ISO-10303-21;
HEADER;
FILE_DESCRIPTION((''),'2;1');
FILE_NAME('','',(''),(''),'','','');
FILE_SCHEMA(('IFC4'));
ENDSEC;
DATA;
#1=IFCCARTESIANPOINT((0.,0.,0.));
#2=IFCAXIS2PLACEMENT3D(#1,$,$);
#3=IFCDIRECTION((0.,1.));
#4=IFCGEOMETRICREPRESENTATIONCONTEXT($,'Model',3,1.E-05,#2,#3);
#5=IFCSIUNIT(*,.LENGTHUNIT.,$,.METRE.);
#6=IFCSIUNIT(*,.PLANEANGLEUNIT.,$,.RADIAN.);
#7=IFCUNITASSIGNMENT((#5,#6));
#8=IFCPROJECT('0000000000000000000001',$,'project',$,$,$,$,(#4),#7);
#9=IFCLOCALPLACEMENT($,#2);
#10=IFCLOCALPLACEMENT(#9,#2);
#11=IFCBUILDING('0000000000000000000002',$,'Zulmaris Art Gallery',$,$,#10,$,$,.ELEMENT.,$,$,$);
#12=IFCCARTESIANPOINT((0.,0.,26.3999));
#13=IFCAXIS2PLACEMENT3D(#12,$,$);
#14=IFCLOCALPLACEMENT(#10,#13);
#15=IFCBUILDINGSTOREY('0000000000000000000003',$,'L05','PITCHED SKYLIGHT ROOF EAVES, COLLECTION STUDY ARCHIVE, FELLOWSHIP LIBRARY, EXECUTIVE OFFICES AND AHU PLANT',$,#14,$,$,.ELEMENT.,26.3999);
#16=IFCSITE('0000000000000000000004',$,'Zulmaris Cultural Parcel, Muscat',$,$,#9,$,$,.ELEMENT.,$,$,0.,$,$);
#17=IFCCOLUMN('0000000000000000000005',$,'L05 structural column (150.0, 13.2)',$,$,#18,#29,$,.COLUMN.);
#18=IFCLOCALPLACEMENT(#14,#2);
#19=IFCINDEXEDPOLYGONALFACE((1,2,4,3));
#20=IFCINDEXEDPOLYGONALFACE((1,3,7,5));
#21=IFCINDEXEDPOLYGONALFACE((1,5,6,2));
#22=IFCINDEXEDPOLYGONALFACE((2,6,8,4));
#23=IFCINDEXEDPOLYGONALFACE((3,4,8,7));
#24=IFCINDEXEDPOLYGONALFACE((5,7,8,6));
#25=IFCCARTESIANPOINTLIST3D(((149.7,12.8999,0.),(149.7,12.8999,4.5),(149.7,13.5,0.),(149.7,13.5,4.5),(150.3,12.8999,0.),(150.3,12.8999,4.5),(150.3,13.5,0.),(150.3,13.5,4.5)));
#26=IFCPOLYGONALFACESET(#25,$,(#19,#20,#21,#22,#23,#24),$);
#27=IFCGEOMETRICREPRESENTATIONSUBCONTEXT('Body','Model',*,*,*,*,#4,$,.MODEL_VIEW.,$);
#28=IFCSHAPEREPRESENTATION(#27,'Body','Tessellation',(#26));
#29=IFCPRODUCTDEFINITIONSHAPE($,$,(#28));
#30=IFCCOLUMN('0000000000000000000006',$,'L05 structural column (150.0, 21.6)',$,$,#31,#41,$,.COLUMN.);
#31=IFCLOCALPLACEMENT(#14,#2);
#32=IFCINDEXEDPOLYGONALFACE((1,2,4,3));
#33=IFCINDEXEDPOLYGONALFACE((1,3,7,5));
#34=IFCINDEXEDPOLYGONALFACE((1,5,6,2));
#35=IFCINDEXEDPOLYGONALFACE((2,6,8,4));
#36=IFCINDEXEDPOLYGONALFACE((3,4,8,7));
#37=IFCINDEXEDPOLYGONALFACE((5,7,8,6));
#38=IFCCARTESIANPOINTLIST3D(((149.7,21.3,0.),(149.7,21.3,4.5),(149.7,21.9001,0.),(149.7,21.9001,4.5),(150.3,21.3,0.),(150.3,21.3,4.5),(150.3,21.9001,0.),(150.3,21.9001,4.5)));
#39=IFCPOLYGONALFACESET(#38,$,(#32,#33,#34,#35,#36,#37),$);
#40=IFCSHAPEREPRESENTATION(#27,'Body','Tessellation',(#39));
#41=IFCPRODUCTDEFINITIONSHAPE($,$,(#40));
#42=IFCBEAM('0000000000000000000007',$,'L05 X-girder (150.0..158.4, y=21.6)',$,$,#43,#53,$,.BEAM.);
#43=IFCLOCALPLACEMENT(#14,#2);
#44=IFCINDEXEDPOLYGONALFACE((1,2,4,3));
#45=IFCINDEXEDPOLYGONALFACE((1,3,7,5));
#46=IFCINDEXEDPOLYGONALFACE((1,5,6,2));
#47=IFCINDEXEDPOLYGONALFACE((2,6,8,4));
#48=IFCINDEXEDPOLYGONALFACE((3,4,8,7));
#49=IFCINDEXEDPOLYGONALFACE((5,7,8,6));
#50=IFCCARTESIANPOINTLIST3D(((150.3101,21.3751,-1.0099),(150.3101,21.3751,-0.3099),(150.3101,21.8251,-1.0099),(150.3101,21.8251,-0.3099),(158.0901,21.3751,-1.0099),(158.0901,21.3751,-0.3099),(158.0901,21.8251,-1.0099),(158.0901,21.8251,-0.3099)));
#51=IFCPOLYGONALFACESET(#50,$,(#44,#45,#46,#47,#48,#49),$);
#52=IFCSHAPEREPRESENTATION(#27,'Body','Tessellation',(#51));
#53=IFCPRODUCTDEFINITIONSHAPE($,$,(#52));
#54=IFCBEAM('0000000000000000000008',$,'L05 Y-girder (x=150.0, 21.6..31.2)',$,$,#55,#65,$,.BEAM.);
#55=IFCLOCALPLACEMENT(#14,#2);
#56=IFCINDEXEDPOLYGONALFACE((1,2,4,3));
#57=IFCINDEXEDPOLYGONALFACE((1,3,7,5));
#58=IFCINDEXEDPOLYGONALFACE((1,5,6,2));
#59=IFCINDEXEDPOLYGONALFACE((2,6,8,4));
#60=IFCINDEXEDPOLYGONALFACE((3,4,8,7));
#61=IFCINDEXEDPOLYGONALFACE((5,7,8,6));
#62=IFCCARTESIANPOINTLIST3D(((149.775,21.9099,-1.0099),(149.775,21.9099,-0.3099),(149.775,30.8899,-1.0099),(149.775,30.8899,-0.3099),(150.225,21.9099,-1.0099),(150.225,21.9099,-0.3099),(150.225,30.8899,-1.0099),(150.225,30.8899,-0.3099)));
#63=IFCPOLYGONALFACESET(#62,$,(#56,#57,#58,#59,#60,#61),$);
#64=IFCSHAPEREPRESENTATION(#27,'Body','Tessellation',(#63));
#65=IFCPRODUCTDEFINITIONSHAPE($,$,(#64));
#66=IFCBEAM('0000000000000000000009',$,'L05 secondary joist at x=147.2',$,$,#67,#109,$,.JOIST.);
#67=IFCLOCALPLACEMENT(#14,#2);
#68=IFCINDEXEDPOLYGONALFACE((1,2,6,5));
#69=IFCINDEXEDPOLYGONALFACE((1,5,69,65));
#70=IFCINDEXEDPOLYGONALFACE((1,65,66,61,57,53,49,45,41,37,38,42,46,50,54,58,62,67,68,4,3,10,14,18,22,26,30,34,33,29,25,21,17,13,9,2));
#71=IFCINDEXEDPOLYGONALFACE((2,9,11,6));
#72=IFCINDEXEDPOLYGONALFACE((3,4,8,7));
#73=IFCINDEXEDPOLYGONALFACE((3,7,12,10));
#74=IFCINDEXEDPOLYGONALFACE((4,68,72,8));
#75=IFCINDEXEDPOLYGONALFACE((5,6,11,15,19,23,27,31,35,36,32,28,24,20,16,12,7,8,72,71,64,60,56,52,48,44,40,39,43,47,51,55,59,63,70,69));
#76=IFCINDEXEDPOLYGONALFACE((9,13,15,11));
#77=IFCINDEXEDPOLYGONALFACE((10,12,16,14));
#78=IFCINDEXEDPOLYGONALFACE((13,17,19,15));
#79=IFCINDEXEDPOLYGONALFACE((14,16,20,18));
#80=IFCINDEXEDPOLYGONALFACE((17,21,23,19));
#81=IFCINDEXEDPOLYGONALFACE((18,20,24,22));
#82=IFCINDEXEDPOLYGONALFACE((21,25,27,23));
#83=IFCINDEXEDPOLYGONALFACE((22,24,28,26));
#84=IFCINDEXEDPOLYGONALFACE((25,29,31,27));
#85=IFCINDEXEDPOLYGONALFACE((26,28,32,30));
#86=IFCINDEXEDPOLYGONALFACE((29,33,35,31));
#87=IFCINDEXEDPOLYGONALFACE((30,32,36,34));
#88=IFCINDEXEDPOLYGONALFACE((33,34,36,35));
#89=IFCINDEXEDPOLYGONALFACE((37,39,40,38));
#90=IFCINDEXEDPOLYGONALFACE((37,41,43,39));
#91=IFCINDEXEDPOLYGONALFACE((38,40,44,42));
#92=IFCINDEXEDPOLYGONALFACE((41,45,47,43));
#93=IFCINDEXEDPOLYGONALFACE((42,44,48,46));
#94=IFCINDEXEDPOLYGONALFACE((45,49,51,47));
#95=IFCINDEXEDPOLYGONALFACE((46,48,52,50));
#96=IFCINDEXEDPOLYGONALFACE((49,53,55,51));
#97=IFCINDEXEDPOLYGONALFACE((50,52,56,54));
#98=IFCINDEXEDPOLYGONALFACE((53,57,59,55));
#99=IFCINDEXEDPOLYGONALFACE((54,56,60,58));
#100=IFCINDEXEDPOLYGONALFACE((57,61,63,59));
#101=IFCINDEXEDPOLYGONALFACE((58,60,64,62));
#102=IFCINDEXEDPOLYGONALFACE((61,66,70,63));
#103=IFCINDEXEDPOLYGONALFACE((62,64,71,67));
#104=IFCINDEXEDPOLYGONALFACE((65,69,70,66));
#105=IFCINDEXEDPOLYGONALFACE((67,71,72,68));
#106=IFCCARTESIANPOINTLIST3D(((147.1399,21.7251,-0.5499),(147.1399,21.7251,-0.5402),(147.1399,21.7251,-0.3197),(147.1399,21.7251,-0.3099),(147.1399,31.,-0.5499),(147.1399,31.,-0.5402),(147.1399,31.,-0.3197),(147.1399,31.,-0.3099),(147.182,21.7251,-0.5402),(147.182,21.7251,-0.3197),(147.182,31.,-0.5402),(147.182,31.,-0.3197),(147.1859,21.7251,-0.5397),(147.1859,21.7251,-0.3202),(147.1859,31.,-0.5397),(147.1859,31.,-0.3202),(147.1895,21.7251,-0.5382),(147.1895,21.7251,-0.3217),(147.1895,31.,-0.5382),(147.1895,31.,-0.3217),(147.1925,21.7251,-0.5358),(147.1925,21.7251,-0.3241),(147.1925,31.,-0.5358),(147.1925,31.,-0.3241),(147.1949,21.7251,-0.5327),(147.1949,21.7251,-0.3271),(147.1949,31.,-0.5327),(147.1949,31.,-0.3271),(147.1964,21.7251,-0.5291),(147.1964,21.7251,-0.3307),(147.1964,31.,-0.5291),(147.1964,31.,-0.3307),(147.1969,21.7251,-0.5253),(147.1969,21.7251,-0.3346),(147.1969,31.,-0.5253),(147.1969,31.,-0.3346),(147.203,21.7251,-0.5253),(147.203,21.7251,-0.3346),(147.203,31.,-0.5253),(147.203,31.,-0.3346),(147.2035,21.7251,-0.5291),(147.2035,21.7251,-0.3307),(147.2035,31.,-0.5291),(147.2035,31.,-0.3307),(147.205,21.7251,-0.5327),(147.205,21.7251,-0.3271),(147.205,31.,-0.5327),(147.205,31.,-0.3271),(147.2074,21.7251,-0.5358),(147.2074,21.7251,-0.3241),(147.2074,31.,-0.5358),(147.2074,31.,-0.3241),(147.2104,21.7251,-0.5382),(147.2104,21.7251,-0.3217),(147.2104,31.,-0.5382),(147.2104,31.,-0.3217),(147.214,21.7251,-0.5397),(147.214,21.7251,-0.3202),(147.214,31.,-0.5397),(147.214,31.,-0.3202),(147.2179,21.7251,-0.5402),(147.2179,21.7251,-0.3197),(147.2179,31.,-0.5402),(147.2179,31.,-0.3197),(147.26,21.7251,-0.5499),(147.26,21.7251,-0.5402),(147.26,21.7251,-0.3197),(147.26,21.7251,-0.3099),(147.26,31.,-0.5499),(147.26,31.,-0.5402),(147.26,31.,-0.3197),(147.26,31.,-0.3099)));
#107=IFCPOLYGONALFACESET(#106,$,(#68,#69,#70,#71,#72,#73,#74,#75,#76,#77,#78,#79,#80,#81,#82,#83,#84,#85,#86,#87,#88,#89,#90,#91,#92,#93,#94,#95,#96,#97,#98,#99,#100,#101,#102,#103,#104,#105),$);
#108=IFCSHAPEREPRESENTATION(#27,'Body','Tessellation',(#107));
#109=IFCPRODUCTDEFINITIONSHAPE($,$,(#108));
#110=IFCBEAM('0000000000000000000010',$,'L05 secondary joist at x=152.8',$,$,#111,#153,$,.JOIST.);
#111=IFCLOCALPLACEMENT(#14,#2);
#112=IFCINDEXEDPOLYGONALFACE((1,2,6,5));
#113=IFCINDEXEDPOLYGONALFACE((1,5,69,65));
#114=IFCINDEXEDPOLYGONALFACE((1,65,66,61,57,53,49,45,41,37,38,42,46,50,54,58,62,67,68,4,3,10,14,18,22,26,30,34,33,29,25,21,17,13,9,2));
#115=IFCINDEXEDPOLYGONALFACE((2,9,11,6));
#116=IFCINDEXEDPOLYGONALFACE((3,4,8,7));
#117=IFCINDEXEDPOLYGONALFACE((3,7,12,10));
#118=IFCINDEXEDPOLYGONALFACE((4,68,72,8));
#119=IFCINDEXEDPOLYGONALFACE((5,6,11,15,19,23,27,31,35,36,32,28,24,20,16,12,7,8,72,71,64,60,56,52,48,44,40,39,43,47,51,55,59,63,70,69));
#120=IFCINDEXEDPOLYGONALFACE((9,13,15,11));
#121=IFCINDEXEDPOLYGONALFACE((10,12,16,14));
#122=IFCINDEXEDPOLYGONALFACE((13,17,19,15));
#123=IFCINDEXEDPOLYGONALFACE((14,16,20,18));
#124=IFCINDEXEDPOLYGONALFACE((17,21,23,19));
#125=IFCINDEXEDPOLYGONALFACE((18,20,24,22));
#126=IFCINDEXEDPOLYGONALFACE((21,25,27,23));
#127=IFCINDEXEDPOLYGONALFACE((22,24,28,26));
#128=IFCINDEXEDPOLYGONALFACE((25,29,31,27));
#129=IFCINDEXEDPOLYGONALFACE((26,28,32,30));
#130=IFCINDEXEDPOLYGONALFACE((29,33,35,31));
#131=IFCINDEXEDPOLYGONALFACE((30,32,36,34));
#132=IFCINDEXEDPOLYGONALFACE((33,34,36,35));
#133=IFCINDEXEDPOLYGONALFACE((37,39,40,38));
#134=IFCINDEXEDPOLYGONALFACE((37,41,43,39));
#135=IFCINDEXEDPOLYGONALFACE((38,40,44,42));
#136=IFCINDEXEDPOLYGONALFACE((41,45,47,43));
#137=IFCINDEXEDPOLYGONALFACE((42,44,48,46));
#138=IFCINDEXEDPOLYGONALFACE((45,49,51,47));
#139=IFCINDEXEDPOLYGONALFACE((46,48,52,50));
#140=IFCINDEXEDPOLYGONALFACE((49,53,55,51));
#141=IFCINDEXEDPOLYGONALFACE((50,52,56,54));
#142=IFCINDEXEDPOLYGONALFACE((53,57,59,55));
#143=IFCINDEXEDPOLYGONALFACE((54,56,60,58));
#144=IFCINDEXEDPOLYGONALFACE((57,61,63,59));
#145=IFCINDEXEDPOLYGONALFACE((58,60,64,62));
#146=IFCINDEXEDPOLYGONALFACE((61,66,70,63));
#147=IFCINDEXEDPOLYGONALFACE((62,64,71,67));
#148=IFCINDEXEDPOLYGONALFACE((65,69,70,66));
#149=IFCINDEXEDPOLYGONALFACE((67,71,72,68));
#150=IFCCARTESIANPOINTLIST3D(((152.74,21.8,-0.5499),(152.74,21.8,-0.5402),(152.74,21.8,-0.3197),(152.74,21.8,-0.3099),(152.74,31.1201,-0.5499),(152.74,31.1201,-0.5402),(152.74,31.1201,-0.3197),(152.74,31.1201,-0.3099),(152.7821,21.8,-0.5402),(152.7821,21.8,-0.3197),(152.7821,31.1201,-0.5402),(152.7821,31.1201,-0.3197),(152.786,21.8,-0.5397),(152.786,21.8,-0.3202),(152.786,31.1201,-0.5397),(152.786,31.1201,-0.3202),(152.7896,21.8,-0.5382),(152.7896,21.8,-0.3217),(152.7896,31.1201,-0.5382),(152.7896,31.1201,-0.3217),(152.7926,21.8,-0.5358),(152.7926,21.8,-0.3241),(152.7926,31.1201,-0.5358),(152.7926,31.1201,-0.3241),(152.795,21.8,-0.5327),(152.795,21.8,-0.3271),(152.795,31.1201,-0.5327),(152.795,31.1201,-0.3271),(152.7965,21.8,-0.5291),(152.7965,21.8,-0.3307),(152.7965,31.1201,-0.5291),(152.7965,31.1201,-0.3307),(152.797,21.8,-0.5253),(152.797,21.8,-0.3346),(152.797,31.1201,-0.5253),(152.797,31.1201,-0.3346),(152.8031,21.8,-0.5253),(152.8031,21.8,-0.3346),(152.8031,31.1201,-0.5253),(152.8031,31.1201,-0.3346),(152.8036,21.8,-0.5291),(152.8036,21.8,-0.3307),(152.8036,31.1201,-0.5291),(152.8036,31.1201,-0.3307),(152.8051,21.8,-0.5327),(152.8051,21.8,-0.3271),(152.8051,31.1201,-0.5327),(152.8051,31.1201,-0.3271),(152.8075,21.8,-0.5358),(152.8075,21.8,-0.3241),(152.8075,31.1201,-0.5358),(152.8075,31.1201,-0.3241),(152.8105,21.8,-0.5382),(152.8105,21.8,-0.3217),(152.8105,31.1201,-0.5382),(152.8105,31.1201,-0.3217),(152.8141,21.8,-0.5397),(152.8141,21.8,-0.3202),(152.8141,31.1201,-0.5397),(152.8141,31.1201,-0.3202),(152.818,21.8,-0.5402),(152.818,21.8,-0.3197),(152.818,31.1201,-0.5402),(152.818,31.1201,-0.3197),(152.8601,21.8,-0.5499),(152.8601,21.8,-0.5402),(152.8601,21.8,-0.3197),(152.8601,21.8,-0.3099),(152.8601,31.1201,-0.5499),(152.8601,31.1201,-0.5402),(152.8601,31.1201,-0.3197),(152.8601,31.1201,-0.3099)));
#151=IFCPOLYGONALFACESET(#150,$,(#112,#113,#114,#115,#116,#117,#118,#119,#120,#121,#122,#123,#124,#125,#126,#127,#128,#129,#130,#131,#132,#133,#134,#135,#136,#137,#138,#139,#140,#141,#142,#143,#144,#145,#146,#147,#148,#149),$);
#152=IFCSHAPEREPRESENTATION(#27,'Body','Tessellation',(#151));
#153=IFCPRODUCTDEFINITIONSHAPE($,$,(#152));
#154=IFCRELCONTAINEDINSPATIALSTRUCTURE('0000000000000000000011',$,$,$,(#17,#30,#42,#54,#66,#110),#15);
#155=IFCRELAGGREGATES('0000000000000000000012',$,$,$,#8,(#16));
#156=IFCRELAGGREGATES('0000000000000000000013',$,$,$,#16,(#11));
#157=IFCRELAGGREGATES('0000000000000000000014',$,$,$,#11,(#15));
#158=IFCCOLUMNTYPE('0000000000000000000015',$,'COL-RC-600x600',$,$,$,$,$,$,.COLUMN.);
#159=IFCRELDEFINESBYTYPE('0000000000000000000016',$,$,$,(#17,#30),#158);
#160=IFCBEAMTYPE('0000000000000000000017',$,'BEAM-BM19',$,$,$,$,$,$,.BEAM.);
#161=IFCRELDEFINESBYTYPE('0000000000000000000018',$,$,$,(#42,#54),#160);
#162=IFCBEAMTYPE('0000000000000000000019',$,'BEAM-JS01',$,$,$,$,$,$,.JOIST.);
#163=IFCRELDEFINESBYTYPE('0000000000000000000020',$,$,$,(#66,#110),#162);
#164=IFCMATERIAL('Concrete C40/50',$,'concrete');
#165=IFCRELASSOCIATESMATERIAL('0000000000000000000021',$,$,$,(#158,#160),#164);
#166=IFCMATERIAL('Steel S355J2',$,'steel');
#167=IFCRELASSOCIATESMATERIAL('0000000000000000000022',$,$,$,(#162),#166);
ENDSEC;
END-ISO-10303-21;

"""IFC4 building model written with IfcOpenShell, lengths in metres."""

from ifc_helpers import new_model, si_unit, direction, frame, origin, origin_2d, place, context, subcontext, project, spatial, rectangle, i_section, extrude, material, material_profile, profile_set, type_object, element, save


model = new_model("IFC4")

# Units and contexts
model_context = context("Model", 3, precision=1e-05, world=origin(), true_north=direction((0.0, 1.0)))
body_context = subcontext(model_context, "Body", "Model", "MODEL_VIEW")
ifc_project = project(units=[si_unit("LENGTHUNIT", "METRE"), si_unit("PLANEANGLEUNIT", "RADIAN")], contexts=[model_context])

# Site, building, storey
site_placement = place(None, origin())
site = spatial("IfcSite", under=ifc_project, at=site_placement, Name="Zulmaris Cultural Parcel, Muscat", CompositionType="ELEMENT", RefElevation=0.0)
building_placement = place(site_placement, origin())
building = spatial("IfcBuilding", under=site, at=building_placement, Name="Zulmaris Art Gallery", CompositionType="ELEMENT")
storey_placement = place(building_placement, frame((0.0, 0.0, 26.3999)))
storey = spatial("IfcBuildingStorey", under=building, at=storey_placement, Name="L05", Description="PITCHED SKYLIGHT ROOF EAVES, COLLECTION STUDY ARCHIVE, FELLOWSHIP LIBRARY, EXECUTIVE OFFICES AND AHU PLANT", CompositionType="ELEMENT", Elevation=26.3999)

# Columns
ifc_material_1 = material(Name="Concrete C40/50", Category="concrete")
ifc_material_profile_1 = material_profile(ifc_material_1, rectangle(XDim=0.6001, YDim=0.6001, at=origin_2d()), Name="RC 600x600")
ifc_profile_set_1 = profile_set([ifc_material_profile_1], Name="Concrete C40/50")
column_type = type_object("IfcColumnType", Name="COL-RC-600x600", PredefinedType="COLUMN", material=ifc_profile_set_1)
for number, where, z_axis, x_axis, name in (
    (1, (150.0, 13.2, 0.0), (0.0, 0.0, 1.0), (1.0, 0.0, 0.0), "L05 structural column (150.0, 13.2)"),
    (2, (150.0, 21.6001, 0.0), (0.0, 0.0, 1.0), (1.0, 0.0, 0.0), "L05 structural column (150.0, 21.6)"),
):
    element("IfcColumn", number, at=place(storey_placement, frame(where, z_axis=z_axis, x_axis=x_axis)), inside=storey, type_object=column_type, Name=name, PredefinedType="COLUMN", context=body_context, shape_type="SweptSolid", body=[
        extrude(rectangle(XDim=0.6001, YDim=0.6001, at=origin_2d()), origin(), (0.0, 0.0, 1.0), 4.5),
    ])

# Beams
ifc_material_profile_2 = material_profile(ifc_material_1, rectangle(XDim=0.45, YDim=0.7, at=origin_2d()), Name="RC 450x700")
ifc_profile_set_2 = profile_set([ifc_material_profile_2], Name="Concrete C40/50")
beam_type_1 = type_object("IfcBeamType", Name="BEAM-BM19", PredefinedType="BEAM", material=ifc_profile_set_2)
beam_1_placement = place(storey_placement, frame((150.3101, 21.6001, -0.6599), z_axis=(1.0, 0.0, 0.0), x_axis=(0.0, 1.0, 0.0)))
element("IfcBeam", 3, at=beam_1_placement, inside=storey, type_object=beam_type_1, Name="L05 X-girder (150.0..158.4, y=21.6)", PredefinedType="BEAM", context=body_context, shape_type="SweptSolid", body=[
    extrude(rectangle(XDim=0.45, YDim=0.7, at=origin_2d()), origin(), (0.0, 0.0, 1.0), 7.78),
])
beam_2_placement = place(storey_placement, frame((150.0, 21.9099, -0.6599), z_axis=(0.0, 1.0, 0.0), x_axis=(-1.0, 0.0, 0.0)))
element("IfcBeam", 4, at=beam_2_placement, inside=storey, type_object=beam_type_1, Name="L05 Y-girder (x=150.0, 21.6..31.2)", PredefinedType="BEAM", context=body_context, shape_type="SweptSolid", body=[
    extrude(rectangle(XDim=0.45, YDim=0.7, at=origin_2d()), origin(), (0.0, 0.0, 1.0), 8.98),
])
ifc_material_2 = material(Name="Steel S355J2", Category="steel")
ifc_material_profile_3 = material_profile(ifc_material_2, i_section(OverallWidth=0.1201, OverallDepth=0.24, WebThickness=0.0061, FlangeThickness=0.0098, FilletRadius=0.0149, at=origin_2d()), Name="IPE 240")
ifc_profile_set_3 = profile_set([ifc_material_profile_3], Name="Steel S355J2")
beam_type_2 = type_object("IfcBeamType", Name="BEAM-JS01", PredefinedType="JOIST", material=ifc_profile_set_3)
beam_3_placement = place(storey_placement, frame((147.2, 21.7251, -0.4299), z_axis=(0.0, 1.0, 0.0), x_axis=(-1.0, 0.0, 0.0)))
element("IfcBeam", 5, at=beam_3_placement, inside=storey, type_object=beam_type_2, Name="L05 secondary joist at x=147.2", PredefinedType="JOIST", context=body_context, shape_type="SweptSolid", body=[
    extrude(i_section(OverallWidth=0.1201, OverallDepth=0.24, WebThickness=0.0061, FlangeThickness=0.0098, FilletRadius=0.0149, at=origin_2d()), origin(), (0.0, 0.0, 1.0), 9.2749),
])
beam_4_placement = place(storey_placement, frame((152.8, 21.8, -0.4299), z_axis=(0.0, 1.0, 0.0), x_axis=(-1.0, 0.0, 0.0)))
element("IfcBeam", 6, at=beam_4_placement, inside=storey, type_object=beam_type_2, Name="L05 secondary joist at x=152.8", PredefinedType="JOIST", context=body_context, shape_type="SweptSolid", body=[
    extrude(i_section(OverallWidth=0.1201, OverallDepth=0.24, WebThickness=0.0061, FlangeThickness=0.0098, FilletRadius=0.0149, at=origin_2d()), origin(), (0.0, 0.0, 1.0), 9.3201),
])

save(model, "model.ifc")
